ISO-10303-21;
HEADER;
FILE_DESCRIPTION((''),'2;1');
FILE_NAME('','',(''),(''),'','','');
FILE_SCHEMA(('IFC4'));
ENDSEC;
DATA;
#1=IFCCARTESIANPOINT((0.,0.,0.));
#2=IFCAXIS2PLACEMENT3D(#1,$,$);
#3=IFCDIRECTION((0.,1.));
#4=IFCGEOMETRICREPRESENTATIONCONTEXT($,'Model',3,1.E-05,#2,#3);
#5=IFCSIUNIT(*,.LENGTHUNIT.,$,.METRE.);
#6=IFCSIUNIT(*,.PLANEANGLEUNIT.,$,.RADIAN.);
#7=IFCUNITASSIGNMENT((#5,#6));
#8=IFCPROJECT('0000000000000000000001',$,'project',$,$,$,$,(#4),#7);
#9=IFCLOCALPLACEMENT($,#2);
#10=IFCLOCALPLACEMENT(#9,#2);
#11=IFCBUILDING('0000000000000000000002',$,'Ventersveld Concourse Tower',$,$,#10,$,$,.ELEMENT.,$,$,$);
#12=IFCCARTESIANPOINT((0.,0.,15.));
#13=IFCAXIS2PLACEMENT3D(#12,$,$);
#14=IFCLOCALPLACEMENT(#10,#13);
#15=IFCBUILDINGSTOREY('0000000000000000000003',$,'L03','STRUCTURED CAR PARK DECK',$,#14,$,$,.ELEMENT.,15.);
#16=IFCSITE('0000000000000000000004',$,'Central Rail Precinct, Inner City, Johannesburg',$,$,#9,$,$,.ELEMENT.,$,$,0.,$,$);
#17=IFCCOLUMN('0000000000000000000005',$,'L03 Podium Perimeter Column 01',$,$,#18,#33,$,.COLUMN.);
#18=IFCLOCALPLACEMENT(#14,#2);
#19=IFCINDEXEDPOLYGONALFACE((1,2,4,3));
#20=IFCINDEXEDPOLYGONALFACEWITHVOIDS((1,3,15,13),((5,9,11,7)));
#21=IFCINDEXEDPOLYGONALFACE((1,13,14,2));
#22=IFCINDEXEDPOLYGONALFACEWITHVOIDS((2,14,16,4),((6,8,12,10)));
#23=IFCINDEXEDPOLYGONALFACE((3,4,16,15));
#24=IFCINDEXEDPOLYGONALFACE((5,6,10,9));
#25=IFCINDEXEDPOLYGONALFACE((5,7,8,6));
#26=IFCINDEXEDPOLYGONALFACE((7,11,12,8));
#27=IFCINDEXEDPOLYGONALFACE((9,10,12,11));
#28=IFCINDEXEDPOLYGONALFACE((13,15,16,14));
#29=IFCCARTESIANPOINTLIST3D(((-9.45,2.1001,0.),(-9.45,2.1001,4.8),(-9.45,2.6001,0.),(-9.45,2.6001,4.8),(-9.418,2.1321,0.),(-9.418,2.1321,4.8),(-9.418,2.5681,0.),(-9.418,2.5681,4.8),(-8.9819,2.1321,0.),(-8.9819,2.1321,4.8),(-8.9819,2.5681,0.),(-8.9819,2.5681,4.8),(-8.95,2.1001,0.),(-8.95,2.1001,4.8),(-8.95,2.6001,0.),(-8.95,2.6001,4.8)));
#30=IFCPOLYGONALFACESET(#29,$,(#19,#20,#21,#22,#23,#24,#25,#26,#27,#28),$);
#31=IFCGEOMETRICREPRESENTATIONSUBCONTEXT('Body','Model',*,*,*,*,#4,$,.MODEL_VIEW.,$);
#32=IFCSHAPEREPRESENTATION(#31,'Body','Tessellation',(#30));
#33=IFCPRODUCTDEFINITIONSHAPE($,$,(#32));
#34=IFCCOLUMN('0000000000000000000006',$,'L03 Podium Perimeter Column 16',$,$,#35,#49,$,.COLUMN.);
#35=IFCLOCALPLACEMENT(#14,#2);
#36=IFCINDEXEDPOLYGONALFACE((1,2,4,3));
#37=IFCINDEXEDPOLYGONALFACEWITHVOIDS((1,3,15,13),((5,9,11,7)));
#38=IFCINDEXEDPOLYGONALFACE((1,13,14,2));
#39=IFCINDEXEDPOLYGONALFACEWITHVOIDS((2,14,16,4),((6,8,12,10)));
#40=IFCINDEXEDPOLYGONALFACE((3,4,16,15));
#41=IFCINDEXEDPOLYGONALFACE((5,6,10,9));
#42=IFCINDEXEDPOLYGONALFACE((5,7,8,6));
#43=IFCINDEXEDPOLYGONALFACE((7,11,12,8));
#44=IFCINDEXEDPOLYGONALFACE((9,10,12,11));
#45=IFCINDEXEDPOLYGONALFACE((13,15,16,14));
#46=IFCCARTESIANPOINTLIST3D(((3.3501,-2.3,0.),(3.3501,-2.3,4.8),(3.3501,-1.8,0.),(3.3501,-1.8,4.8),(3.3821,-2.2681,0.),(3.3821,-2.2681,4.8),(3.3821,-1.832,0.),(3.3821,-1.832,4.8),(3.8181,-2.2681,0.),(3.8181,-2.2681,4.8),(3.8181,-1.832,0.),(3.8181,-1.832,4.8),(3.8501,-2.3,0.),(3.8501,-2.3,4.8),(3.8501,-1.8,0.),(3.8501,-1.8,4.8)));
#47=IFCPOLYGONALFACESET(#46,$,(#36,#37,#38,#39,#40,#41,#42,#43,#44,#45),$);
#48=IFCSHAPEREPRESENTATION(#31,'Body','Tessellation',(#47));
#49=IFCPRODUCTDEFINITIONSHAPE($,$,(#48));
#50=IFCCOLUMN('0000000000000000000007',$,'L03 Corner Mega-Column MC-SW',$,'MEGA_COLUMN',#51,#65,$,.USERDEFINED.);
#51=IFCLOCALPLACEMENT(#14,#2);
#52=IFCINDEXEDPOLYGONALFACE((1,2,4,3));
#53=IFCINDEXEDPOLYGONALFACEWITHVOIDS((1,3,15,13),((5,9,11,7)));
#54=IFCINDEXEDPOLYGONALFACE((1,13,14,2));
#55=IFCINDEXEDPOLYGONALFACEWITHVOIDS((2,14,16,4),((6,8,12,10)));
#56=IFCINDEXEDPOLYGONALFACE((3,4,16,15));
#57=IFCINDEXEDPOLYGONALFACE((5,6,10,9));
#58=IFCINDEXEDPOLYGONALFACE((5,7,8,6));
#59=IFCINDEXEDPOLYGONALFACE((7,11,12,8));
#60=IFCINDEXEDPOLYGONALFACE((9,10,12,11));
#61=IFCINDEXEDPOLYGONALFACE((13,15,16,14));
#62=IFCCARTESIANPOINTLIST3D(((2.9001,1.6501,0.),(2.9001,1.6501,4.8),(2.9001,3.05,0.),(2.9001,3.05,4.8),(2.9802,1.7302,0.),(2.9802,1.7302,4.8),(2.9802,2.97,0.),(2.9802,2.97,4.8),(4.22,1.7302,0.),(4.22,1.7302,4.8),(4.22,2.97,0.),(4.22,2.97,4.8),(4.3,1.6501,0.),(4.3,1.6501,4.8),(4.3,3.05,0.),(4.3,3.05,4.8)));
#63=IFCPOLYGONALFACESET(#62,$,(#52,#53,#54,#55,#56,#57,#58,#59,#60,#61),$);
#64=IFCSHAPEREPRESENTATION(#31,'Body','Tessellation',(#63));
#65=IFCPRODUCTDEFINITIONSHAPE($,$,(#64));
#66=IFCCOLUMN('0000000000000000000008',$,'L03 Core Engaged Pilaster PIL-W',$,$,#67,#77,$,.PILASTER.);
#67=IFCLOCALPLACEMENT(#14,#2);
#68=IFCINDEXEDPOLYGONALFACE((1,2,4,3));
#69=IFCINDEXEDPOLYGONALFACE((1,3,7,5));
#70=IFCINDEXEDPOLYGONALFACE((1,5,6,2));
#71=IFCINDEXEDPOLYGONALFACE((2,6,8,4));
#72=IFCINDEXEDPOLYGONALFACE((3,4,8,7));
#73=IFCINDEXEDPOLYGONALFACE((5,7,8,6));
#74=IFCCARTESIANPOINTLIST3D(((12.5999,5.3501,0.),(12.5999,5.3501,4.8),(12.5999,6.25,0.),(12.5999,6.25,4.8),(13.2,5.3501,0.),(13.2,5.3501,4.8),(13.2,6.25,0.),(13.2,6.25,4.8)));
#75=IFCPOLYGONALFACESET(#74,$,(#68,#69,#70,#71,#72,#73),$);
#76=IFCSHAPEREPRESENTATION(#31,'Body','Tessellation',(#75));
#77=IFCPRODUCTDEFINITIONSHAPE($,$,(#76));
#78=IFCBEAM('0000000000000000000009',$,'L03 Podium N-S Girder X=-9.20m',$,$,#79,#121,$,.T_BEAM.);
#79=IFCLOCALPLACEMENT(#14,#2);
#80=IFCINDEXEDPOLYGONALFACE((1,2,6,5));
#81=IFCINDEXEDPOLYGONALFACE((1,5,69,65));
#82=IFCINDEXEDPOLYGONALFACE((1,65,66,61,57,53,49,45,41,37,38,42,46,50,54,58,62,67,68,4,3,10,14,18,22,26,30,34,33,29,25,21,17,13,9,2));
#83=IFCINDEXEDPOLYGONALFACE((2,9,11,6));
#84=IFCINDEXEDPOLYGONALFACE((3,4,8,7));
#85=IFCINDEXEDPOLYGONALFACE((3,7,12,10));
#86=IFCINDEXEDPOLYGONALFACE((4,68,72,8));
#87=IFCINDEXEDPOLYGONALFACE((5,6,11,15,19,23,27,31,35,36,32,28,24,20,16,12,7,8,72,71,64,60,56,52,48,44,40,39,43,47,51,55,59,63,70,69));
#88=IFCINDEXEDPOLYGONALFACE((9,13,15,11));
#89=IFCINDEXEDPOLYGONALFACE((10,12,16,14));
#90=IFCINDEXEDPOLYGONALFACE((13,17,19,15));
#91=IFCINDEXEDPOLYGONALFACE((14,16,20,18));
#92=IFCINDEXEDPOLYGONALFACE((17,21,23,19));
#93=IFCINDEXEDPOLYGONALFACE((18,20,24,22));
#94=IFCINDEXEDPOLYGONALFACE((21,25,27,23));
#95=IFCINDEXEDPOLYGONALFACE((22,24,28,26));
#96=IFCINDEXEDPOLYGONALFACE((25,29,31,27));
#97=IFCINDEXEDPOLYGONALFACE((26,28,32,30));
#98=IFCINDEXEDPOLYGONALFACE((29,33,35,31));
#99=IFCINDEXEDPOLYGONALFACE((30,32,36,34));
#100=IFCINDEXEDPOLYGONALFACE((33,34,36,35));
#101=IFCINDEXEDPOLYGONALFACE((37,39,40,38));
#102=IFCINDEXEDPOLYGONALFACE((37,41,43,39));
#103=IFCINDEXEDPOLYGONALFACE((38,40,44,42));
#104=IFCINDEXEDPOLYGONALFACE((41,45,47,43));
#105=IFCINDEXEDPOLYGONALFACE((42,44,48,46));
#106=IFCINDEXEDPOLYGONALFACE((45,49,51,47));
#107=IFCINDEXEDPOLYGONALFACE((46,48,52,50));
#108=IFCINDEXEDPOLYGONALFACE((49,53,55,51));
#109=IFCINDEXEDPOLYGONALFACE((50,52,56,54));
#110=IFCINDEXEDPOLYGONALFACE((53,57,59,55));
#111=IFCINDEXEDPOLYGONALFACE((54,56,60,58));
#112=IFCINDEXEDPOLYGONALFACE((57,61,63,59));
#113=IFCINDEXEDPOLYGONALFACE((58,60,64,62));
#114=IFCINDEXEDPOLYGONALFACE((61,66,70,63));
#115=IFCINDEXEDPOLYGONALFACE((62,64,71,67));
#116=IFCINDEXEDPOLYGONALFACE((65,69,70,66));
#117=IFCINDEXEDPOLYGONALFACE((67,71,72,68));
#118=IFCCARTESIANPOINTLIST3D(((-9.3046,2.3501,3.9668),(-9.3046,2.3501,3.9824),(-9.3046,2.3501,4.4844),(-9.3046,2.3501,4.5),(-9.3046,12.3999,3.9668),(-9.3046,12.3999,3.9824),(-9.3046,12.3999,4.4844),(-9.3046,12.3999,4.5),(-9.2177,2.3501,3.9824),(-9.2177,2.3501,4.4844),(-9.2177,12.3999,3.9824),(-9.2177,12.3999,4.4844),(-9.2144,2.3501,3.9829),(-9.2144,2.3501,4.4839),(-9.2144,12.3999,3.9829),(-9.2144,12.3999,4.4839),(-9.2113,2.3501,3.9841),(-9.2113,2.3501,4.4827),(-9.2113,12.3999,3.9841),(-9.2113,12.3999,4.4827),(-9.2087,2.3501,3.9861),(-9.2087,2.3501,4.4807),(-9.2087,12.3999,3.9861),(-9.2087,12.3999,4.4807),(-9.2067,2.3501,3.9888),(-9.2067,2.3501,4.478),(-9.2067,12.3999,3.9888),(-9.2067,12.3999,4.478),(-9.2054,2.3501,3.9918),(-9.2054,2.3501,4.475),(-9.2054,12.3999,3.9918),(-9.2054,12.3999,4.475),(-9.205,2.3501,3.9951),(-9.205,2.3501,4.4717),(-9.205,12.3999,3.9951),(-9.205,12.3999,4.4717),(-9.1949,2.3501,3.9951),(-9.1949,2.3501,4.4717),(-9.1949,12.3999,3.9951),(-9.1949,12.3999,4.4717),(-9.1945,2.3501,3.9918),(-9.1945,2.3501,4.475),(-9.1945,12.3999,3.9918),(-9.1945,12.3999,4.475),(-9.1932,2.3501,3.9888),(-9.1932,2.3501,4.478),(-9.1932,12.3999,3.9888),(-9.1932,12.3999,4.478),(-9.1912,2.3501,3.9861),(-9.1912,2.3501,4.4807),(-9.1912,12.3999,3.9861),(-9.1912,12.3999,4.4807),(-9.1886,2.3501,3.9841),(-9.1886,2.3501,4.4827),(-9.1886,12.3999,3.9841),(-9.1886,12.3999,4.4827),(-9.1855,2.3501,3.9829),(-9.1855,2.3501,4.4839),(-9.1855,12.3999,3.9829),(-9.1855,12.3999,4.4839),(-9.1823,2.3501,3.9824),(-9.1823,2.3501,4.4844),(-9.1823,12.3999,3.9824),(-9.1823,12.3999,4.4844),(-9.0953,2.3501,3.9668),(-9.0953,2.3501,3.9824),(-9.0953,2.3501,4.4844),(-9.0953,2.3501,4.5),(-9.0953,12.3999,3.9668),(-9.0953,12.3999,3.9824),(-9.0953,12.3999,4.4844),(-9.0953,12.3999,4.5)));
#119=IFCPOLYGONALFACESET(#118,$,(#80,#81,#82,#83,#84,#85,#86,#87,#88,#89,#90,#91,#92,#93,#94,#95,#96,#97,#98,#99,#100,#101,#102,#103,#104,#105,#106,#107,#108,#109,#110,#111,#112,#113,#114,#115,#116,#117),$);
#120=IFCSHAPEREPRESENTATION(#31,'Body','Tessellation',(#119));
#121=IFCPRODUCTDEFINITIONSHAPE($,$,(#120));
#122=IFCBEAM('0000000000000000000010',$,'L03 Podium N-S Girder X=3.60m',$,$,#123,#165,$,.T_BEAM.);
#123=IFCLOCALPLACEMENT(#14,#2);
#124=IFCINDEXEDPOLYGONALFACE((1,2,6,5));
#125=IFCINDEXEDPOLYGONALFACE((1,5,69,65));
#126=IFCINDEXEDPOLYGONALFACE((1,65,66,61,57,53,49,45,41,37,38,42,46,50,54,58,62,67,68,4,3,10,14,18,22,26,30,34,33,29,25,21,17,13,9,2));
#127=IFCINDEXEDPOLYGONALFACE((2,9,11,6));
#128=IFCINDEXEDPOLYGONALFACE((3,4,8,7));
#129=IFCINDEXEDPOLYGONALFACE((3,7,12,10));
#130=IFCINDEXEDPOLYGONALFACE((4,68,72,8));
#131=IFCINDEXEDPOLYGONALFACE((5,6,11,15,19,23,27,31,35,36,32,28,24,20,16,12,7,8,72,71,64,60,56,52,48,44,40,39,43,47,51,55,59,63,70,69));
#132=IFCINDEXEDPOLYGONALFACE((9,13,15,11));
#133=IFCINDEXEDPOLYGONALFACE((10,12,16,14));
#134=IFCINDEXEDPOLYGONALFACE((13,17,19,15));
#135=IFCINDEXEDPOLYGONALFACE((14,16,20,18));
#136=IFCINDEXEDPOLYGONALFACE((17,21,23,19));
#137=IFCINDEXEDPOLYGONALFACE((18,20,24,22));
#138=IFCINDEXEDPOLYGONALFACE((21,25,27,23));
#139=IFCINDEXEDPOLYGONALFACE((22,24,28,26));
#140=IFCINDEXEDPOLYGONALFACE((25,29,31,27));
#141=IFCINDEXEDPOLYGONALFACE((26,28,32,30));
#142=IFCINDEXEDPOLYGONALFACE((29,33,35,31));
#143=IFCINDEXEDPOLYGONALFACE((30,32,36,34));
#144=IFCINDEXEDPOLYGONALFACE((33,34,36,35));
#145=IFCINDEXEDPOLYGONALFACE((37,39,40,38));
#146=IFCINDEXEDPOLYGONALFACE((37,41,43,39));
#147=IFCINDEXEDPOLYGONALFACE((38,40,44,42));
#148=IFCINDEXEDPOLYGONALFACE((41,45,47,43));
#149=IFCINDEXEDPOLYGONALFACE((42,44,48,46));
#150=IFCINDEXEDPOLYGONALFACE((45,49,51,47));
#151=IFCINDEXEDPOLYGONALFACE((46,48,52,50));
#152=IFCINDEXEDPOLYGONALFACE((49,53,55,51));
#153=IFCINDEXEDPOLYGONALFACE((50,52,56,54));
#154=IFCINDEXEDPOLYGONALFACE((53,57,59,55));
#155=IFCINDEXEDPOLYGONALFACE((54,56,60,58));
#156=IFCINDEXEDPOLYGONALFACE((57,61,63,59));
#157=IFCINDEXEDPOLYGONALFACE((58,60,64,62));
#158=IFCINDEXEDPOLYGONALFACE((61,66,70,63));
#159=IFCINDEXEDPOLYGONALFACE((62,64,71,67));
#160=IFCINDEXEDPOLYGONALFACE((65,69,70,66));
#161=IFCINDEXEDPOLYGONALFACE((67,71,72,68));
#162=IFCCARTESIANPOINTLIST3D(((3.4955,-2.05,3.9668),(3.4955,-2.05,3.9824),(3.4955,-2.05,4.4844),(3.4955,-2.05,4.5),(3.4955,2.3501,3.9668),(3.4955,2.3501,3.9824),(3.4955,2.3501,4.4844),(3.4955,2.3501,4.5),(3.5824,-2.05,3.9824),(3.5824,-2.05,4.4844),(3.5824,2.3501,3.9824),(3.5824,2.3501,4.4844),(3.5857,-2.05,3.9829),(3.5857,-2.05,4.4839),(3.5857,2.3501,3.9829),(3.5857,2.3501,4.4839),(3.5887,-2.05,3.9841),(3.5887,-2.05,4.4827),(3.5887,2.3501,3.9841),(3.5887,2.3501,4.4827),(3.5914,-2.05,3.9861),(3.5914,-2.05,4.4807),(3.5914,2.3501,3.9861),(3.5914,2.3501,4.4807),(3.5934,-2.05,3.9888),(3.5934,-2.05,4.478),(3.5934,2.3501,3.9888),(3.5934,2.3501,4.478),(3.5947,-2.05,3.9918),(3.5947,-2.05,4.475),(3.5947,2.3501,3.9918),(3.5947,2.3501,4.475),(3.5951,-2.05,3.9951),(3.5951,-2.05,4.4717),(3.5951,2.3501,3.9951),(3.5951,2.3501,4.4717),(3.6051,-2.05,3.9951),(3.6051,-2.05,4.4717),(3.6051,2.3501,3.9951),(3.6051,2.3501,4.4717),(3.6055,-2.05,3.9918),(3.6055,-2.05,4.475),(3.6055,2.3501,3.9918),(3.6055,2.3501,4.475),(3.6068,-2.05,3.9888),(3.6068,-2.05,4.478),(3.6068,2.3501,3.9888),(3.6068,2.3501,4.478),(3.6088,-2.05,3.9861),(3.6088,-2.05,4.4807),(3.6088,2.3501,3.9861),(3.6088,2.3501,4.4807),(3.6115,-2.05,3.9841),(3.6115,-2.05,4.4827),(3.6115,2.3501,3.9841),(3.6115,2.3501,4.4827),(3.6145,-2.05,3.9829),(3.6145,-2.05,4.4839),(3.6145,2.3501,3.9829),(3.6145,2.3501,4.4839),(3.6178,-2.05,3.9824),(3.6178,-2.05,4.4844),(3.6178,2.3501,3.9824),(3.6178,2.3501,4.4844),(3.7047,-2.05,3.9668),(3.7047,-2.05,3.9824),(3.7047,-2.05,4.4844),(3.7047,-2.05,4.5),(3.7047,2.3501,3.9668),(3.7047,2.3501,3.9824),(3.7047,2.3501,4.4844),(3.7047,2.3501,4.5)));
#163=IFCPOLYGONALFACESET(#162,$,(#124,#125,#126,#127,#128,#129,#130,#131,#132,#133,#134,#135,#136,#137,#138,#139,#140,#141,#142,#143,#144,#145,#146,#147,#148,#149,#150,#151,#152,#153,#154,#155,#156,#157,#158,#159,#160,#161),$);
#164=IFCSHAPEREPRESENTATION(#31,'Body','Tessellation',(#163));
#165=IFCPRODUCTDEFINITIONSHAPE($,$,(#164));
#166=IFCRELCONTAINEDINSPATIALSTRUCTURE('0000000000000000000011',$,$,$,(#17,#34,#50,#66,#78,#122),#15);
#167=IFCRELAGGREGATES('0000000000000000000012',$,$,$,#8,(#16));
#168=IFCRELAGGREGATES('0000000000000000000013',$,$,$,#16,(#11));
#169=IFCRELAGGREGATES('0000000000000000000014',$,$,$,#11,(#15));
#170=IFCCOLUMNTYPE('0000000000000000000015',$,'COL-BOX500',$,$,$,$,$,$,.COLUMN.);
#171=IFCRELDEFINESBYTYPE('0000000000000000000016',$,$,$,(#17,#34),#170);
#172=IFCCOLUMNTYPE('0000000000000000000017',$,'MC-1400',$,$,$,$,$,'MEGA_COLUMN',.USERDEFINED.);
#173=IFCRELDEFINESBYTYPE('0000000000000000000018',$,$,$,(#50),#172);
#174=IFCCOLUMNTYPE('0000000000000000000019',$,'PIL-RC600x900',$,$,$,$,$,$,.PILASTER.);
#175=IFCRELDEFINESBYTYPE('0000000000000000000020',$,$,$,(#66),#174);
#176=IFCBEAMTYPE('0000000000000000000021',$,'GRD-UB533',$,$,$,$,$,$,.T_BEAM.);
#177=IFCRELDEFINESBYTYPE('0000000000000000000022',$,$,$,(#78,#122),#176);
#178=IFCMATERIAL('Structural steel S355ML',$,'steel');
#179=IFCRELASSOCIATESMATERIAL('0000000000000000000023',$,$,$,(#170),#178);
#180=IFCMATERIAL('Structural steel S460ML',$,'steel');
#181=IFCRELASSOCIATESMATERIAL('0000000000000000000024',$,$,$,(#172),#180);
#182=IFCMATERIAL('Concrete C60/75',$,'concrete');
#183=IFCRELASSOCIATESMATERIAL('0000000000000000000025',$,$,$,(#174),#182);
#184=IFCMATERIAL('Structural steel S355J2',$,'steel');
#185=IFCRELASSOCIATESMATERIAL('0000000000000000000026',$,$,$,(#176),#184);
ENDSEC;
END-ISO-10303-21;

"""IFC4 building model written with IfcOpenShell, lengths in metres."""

from ifc_helpers import new_model, si_unit, direction, frame, origin, origin_2d, place, context, subcontext, project, spatial, rectangle, hollow_rectangle, i_section, extrude, material, material_profile, profile_set, type_object, element, save


model = new_model("IFC4")

# Units and contexts
model_context = context("Model", 3, precision=1e-05, world=origin(), true_north=direction((0.0, 1.0)))
body_context = subcontext(model_context, "Body", "Model", "MODEL_VIEW")
ifc_project = project(units=[si_unit("LENGTHUNIT", "METRE"), si_unit("PLANEANGLEUNIT", "RADIAN")], contexts=[model_context])

# Site, building, storey
site_placement = place(None, origin())
site = spatial("IfcSite", under=ifc_project, at=site_placement, Name="Central Rail Precinct, Inner City, Johannesburg", CompositionType="ELEMENT", RefElevation=0.0)
building_placement = place(site_placement, origin())
building = spatial("IfcBuilding", under=site, at=building_placement, Name="Ventersveld Concourse Tower", CompositionType="ELEMENT")
storey_placement = place(building_placement, frame((0.0, 0.0, 15.0)))
storey = spatial("IfcBuildingStorey", under=building, at=storey_placement, Name="L03", Description="STRUCTURED CAR PARK DECK", CompositionType="ELEMENT", Elevation=15.0)

# Columns
ifc_material_1 = material(Name="Structural steel S355ML", Category="steel")
ifc_material_profile_1 = material_profile(ifc_material_1, hollow_rectangle(XDim=0.5, YDim=0.5, WallThickness=0.032, at=origin_2d()), Name="BOX 500x500x32")
ifc_profile_set_1 = profile_set([ifc_material_profile_1], Name="Structural steel S355ML")
column_type_1 = type_object("IfcColumnType", Name="COL-BOX500", PredefinedType="COLUMN", material=ifc_profile_set_1)
for number, where, z_axis, x_axis, name in (
    (1, (-9.2, 2.3501, 0.0), (0.0, 0.0, 1.0), (1.0, 0.0, 0.0), "L03 Podium Perimeter Column 01"),
    (2, (3.6001, -2.05, 0.0), (0.0, 0.0, 1.0), (1.0, 0.0, 0.0), "L03 Podium Perimeter Column 16"),
):
    element("IfcColumn", number, at=place(storey_placement, frame(where, z_axis=z_axis, x_axis=x_axis)), inside=storey, type_object=column_type_1, Name=name, PredefinedType="COLUMN", context=body_context, shape_type="SweptSolid", body=[
        extrude(hollow_rectangle(XDim=0.5, YDim=0.5, WallThickness=0.032, at=origin_2d()), origin(), (0.0, 0.0, 1.0), 4.8),
    ])
ifc_material_2 = material(Name="Structural steel S460ML", Category="steel")
ifc_material_profile_2 = material_profile(ifc_material_2, hollow_rectangle(XDim=1.3999, YDim=1.3999, WallThickness=0.0801, at=origin_2d()), Name="BOX 1400x1400x80")
ifc_profile_set_2 = profile_set([ifc_material_profile_2], Name="Structural steel S460ML")
column_type_2 = type_object("IfcColumnType", Name="MC-1400", ElementType="MEGA_COLUMN", PredefinedType="USERDEFINED", material=ifc_profile_set_2)
column_1_placement = place(storey_placement, frame((3.6001, 2.3501, 0.0), z_axis=(0.0, 0.0, 1.0), x_axis=(1.0, 0.0, 0.0)))
element("IfcColumn", 3, at=column_1_placement, inside=storey, type_object=column_type_2, Name="L03 Corner Mega-Column MC-SW", ObjectType="MEGA_COLUMN", PredefinedType="USERDEFINED", context=body_context, shape_type="SweptSolid", body=[
    extrude(hollow_rectangle(XDim=1.3999, YDim=1.3999, WallThickness=0.0801, at=origin_2d()), origin(), (0.0, 0.0, 1.0), 4.8),
])
ifc_material_3 = material(Name="Concrete C60/75", Category="concrete")
ifc_material_profile_3 = material_profile(ifc_material_3, rectangle(XDim=0.6001, YDim=0.8999, at=origin_2d()), Name="RC 600x900")
ifc_profile_set_3 = profile_set([ifc_material_profile_3], Name="Concrete C60/75")
column_type_3 = type_object("IfcColumnType", Name="PIL-RC600x900", PredefinedType="PILASTER", material=ifc_profile_set_3)
column_2_placement = place(storey_placement, frame((12.8999, 5.8, 0.0), z_axis=(0.0, 0.0, 1.0), x_axis=(1.0, 0.0, 0.0)))
element("IfcColumn", 4, at=column_2_placement, inside=storey, type_object=column_type_3, Name="L03 Core Engaged Pilaster PIL-W", PredefinedType="PILASTER", context=body_context, shape_type="SweptSolid", body=[
    extrude(rectangle(XDim=0.6001, YDim=0.8999, at=origin_2d()), origin(), (0.0, 0.0, 1.0), 4.8),
])

# Beams
ifc_material_4 = material(Name="Structural steel S355J2", Category="steel")
ifc_material_profile_4 = material_profile(ifc_material_4, i_section(OverallWidth=0.2092, OverallDepth=0.5332, WebThickness=0.01, FlangeThickness=0.0156, FilletRadius=0.0127, at=origin_2d()), Name="UB 533x210x92")
ifc_profile_set_4 = profile_set([ifc_material_profile_4], Name="Structural steel S355J2")
beam_type = type_object("IfcBeamType", Name="GRD-UB533", PredefinedType="T_BEAM", material=ifc_profile_set_4)
beam_1_placement = place(storey_placement, frame((-9.2, 2.3501, 4.2334), z_axis=(0.0, 1.0, 0.0), x_axis=(-1.0, 0.0, 0.0)))
element("IfcBeam", 5, at=beam_1_placement, inside=storey, type_object=beam_type, Name="L03 Podium N-S Girder X=-9.20m", PredefinedType="T_BEAM", context=body_context, shape_type="SweptSolid", body=[
    extrude(i_section(OverallWidth=0.2092, OverallDepth=0.5332, WebThickness=0.01, FlangeThickness=0.0156, FilletRadius=0.0127, at=origin_2d()), origin(), (0.0, 0.0, 1.0), 10.0498),
])
beam_2_placement = place(storey_placement, frame((3.6001, -2.05, 4.2334), z_axis=(0.0, 1.0, 0.0), x_axis=(-1.0, 0.0, 0.0)))
element("IfcBeam", 6, at=beam_2_placement, inside=storey, type_object=beam_type, Name="L03 Podium N-S Girder X=3.60m", PredefinedType="T_BEAM", context=body_context, shape_type="SweptSolid", body=[
    extrude(i_section(OverallWidth=0.2092, OverallDepth=0.5332, WebThickness=0.01, FlangeThickness=0.0156, FilletRadius=0.0127, at=origin_2d()), origin(), (0.0, 0.0, 1.0), 4.4001),
])

save(model, "model.ifc")
